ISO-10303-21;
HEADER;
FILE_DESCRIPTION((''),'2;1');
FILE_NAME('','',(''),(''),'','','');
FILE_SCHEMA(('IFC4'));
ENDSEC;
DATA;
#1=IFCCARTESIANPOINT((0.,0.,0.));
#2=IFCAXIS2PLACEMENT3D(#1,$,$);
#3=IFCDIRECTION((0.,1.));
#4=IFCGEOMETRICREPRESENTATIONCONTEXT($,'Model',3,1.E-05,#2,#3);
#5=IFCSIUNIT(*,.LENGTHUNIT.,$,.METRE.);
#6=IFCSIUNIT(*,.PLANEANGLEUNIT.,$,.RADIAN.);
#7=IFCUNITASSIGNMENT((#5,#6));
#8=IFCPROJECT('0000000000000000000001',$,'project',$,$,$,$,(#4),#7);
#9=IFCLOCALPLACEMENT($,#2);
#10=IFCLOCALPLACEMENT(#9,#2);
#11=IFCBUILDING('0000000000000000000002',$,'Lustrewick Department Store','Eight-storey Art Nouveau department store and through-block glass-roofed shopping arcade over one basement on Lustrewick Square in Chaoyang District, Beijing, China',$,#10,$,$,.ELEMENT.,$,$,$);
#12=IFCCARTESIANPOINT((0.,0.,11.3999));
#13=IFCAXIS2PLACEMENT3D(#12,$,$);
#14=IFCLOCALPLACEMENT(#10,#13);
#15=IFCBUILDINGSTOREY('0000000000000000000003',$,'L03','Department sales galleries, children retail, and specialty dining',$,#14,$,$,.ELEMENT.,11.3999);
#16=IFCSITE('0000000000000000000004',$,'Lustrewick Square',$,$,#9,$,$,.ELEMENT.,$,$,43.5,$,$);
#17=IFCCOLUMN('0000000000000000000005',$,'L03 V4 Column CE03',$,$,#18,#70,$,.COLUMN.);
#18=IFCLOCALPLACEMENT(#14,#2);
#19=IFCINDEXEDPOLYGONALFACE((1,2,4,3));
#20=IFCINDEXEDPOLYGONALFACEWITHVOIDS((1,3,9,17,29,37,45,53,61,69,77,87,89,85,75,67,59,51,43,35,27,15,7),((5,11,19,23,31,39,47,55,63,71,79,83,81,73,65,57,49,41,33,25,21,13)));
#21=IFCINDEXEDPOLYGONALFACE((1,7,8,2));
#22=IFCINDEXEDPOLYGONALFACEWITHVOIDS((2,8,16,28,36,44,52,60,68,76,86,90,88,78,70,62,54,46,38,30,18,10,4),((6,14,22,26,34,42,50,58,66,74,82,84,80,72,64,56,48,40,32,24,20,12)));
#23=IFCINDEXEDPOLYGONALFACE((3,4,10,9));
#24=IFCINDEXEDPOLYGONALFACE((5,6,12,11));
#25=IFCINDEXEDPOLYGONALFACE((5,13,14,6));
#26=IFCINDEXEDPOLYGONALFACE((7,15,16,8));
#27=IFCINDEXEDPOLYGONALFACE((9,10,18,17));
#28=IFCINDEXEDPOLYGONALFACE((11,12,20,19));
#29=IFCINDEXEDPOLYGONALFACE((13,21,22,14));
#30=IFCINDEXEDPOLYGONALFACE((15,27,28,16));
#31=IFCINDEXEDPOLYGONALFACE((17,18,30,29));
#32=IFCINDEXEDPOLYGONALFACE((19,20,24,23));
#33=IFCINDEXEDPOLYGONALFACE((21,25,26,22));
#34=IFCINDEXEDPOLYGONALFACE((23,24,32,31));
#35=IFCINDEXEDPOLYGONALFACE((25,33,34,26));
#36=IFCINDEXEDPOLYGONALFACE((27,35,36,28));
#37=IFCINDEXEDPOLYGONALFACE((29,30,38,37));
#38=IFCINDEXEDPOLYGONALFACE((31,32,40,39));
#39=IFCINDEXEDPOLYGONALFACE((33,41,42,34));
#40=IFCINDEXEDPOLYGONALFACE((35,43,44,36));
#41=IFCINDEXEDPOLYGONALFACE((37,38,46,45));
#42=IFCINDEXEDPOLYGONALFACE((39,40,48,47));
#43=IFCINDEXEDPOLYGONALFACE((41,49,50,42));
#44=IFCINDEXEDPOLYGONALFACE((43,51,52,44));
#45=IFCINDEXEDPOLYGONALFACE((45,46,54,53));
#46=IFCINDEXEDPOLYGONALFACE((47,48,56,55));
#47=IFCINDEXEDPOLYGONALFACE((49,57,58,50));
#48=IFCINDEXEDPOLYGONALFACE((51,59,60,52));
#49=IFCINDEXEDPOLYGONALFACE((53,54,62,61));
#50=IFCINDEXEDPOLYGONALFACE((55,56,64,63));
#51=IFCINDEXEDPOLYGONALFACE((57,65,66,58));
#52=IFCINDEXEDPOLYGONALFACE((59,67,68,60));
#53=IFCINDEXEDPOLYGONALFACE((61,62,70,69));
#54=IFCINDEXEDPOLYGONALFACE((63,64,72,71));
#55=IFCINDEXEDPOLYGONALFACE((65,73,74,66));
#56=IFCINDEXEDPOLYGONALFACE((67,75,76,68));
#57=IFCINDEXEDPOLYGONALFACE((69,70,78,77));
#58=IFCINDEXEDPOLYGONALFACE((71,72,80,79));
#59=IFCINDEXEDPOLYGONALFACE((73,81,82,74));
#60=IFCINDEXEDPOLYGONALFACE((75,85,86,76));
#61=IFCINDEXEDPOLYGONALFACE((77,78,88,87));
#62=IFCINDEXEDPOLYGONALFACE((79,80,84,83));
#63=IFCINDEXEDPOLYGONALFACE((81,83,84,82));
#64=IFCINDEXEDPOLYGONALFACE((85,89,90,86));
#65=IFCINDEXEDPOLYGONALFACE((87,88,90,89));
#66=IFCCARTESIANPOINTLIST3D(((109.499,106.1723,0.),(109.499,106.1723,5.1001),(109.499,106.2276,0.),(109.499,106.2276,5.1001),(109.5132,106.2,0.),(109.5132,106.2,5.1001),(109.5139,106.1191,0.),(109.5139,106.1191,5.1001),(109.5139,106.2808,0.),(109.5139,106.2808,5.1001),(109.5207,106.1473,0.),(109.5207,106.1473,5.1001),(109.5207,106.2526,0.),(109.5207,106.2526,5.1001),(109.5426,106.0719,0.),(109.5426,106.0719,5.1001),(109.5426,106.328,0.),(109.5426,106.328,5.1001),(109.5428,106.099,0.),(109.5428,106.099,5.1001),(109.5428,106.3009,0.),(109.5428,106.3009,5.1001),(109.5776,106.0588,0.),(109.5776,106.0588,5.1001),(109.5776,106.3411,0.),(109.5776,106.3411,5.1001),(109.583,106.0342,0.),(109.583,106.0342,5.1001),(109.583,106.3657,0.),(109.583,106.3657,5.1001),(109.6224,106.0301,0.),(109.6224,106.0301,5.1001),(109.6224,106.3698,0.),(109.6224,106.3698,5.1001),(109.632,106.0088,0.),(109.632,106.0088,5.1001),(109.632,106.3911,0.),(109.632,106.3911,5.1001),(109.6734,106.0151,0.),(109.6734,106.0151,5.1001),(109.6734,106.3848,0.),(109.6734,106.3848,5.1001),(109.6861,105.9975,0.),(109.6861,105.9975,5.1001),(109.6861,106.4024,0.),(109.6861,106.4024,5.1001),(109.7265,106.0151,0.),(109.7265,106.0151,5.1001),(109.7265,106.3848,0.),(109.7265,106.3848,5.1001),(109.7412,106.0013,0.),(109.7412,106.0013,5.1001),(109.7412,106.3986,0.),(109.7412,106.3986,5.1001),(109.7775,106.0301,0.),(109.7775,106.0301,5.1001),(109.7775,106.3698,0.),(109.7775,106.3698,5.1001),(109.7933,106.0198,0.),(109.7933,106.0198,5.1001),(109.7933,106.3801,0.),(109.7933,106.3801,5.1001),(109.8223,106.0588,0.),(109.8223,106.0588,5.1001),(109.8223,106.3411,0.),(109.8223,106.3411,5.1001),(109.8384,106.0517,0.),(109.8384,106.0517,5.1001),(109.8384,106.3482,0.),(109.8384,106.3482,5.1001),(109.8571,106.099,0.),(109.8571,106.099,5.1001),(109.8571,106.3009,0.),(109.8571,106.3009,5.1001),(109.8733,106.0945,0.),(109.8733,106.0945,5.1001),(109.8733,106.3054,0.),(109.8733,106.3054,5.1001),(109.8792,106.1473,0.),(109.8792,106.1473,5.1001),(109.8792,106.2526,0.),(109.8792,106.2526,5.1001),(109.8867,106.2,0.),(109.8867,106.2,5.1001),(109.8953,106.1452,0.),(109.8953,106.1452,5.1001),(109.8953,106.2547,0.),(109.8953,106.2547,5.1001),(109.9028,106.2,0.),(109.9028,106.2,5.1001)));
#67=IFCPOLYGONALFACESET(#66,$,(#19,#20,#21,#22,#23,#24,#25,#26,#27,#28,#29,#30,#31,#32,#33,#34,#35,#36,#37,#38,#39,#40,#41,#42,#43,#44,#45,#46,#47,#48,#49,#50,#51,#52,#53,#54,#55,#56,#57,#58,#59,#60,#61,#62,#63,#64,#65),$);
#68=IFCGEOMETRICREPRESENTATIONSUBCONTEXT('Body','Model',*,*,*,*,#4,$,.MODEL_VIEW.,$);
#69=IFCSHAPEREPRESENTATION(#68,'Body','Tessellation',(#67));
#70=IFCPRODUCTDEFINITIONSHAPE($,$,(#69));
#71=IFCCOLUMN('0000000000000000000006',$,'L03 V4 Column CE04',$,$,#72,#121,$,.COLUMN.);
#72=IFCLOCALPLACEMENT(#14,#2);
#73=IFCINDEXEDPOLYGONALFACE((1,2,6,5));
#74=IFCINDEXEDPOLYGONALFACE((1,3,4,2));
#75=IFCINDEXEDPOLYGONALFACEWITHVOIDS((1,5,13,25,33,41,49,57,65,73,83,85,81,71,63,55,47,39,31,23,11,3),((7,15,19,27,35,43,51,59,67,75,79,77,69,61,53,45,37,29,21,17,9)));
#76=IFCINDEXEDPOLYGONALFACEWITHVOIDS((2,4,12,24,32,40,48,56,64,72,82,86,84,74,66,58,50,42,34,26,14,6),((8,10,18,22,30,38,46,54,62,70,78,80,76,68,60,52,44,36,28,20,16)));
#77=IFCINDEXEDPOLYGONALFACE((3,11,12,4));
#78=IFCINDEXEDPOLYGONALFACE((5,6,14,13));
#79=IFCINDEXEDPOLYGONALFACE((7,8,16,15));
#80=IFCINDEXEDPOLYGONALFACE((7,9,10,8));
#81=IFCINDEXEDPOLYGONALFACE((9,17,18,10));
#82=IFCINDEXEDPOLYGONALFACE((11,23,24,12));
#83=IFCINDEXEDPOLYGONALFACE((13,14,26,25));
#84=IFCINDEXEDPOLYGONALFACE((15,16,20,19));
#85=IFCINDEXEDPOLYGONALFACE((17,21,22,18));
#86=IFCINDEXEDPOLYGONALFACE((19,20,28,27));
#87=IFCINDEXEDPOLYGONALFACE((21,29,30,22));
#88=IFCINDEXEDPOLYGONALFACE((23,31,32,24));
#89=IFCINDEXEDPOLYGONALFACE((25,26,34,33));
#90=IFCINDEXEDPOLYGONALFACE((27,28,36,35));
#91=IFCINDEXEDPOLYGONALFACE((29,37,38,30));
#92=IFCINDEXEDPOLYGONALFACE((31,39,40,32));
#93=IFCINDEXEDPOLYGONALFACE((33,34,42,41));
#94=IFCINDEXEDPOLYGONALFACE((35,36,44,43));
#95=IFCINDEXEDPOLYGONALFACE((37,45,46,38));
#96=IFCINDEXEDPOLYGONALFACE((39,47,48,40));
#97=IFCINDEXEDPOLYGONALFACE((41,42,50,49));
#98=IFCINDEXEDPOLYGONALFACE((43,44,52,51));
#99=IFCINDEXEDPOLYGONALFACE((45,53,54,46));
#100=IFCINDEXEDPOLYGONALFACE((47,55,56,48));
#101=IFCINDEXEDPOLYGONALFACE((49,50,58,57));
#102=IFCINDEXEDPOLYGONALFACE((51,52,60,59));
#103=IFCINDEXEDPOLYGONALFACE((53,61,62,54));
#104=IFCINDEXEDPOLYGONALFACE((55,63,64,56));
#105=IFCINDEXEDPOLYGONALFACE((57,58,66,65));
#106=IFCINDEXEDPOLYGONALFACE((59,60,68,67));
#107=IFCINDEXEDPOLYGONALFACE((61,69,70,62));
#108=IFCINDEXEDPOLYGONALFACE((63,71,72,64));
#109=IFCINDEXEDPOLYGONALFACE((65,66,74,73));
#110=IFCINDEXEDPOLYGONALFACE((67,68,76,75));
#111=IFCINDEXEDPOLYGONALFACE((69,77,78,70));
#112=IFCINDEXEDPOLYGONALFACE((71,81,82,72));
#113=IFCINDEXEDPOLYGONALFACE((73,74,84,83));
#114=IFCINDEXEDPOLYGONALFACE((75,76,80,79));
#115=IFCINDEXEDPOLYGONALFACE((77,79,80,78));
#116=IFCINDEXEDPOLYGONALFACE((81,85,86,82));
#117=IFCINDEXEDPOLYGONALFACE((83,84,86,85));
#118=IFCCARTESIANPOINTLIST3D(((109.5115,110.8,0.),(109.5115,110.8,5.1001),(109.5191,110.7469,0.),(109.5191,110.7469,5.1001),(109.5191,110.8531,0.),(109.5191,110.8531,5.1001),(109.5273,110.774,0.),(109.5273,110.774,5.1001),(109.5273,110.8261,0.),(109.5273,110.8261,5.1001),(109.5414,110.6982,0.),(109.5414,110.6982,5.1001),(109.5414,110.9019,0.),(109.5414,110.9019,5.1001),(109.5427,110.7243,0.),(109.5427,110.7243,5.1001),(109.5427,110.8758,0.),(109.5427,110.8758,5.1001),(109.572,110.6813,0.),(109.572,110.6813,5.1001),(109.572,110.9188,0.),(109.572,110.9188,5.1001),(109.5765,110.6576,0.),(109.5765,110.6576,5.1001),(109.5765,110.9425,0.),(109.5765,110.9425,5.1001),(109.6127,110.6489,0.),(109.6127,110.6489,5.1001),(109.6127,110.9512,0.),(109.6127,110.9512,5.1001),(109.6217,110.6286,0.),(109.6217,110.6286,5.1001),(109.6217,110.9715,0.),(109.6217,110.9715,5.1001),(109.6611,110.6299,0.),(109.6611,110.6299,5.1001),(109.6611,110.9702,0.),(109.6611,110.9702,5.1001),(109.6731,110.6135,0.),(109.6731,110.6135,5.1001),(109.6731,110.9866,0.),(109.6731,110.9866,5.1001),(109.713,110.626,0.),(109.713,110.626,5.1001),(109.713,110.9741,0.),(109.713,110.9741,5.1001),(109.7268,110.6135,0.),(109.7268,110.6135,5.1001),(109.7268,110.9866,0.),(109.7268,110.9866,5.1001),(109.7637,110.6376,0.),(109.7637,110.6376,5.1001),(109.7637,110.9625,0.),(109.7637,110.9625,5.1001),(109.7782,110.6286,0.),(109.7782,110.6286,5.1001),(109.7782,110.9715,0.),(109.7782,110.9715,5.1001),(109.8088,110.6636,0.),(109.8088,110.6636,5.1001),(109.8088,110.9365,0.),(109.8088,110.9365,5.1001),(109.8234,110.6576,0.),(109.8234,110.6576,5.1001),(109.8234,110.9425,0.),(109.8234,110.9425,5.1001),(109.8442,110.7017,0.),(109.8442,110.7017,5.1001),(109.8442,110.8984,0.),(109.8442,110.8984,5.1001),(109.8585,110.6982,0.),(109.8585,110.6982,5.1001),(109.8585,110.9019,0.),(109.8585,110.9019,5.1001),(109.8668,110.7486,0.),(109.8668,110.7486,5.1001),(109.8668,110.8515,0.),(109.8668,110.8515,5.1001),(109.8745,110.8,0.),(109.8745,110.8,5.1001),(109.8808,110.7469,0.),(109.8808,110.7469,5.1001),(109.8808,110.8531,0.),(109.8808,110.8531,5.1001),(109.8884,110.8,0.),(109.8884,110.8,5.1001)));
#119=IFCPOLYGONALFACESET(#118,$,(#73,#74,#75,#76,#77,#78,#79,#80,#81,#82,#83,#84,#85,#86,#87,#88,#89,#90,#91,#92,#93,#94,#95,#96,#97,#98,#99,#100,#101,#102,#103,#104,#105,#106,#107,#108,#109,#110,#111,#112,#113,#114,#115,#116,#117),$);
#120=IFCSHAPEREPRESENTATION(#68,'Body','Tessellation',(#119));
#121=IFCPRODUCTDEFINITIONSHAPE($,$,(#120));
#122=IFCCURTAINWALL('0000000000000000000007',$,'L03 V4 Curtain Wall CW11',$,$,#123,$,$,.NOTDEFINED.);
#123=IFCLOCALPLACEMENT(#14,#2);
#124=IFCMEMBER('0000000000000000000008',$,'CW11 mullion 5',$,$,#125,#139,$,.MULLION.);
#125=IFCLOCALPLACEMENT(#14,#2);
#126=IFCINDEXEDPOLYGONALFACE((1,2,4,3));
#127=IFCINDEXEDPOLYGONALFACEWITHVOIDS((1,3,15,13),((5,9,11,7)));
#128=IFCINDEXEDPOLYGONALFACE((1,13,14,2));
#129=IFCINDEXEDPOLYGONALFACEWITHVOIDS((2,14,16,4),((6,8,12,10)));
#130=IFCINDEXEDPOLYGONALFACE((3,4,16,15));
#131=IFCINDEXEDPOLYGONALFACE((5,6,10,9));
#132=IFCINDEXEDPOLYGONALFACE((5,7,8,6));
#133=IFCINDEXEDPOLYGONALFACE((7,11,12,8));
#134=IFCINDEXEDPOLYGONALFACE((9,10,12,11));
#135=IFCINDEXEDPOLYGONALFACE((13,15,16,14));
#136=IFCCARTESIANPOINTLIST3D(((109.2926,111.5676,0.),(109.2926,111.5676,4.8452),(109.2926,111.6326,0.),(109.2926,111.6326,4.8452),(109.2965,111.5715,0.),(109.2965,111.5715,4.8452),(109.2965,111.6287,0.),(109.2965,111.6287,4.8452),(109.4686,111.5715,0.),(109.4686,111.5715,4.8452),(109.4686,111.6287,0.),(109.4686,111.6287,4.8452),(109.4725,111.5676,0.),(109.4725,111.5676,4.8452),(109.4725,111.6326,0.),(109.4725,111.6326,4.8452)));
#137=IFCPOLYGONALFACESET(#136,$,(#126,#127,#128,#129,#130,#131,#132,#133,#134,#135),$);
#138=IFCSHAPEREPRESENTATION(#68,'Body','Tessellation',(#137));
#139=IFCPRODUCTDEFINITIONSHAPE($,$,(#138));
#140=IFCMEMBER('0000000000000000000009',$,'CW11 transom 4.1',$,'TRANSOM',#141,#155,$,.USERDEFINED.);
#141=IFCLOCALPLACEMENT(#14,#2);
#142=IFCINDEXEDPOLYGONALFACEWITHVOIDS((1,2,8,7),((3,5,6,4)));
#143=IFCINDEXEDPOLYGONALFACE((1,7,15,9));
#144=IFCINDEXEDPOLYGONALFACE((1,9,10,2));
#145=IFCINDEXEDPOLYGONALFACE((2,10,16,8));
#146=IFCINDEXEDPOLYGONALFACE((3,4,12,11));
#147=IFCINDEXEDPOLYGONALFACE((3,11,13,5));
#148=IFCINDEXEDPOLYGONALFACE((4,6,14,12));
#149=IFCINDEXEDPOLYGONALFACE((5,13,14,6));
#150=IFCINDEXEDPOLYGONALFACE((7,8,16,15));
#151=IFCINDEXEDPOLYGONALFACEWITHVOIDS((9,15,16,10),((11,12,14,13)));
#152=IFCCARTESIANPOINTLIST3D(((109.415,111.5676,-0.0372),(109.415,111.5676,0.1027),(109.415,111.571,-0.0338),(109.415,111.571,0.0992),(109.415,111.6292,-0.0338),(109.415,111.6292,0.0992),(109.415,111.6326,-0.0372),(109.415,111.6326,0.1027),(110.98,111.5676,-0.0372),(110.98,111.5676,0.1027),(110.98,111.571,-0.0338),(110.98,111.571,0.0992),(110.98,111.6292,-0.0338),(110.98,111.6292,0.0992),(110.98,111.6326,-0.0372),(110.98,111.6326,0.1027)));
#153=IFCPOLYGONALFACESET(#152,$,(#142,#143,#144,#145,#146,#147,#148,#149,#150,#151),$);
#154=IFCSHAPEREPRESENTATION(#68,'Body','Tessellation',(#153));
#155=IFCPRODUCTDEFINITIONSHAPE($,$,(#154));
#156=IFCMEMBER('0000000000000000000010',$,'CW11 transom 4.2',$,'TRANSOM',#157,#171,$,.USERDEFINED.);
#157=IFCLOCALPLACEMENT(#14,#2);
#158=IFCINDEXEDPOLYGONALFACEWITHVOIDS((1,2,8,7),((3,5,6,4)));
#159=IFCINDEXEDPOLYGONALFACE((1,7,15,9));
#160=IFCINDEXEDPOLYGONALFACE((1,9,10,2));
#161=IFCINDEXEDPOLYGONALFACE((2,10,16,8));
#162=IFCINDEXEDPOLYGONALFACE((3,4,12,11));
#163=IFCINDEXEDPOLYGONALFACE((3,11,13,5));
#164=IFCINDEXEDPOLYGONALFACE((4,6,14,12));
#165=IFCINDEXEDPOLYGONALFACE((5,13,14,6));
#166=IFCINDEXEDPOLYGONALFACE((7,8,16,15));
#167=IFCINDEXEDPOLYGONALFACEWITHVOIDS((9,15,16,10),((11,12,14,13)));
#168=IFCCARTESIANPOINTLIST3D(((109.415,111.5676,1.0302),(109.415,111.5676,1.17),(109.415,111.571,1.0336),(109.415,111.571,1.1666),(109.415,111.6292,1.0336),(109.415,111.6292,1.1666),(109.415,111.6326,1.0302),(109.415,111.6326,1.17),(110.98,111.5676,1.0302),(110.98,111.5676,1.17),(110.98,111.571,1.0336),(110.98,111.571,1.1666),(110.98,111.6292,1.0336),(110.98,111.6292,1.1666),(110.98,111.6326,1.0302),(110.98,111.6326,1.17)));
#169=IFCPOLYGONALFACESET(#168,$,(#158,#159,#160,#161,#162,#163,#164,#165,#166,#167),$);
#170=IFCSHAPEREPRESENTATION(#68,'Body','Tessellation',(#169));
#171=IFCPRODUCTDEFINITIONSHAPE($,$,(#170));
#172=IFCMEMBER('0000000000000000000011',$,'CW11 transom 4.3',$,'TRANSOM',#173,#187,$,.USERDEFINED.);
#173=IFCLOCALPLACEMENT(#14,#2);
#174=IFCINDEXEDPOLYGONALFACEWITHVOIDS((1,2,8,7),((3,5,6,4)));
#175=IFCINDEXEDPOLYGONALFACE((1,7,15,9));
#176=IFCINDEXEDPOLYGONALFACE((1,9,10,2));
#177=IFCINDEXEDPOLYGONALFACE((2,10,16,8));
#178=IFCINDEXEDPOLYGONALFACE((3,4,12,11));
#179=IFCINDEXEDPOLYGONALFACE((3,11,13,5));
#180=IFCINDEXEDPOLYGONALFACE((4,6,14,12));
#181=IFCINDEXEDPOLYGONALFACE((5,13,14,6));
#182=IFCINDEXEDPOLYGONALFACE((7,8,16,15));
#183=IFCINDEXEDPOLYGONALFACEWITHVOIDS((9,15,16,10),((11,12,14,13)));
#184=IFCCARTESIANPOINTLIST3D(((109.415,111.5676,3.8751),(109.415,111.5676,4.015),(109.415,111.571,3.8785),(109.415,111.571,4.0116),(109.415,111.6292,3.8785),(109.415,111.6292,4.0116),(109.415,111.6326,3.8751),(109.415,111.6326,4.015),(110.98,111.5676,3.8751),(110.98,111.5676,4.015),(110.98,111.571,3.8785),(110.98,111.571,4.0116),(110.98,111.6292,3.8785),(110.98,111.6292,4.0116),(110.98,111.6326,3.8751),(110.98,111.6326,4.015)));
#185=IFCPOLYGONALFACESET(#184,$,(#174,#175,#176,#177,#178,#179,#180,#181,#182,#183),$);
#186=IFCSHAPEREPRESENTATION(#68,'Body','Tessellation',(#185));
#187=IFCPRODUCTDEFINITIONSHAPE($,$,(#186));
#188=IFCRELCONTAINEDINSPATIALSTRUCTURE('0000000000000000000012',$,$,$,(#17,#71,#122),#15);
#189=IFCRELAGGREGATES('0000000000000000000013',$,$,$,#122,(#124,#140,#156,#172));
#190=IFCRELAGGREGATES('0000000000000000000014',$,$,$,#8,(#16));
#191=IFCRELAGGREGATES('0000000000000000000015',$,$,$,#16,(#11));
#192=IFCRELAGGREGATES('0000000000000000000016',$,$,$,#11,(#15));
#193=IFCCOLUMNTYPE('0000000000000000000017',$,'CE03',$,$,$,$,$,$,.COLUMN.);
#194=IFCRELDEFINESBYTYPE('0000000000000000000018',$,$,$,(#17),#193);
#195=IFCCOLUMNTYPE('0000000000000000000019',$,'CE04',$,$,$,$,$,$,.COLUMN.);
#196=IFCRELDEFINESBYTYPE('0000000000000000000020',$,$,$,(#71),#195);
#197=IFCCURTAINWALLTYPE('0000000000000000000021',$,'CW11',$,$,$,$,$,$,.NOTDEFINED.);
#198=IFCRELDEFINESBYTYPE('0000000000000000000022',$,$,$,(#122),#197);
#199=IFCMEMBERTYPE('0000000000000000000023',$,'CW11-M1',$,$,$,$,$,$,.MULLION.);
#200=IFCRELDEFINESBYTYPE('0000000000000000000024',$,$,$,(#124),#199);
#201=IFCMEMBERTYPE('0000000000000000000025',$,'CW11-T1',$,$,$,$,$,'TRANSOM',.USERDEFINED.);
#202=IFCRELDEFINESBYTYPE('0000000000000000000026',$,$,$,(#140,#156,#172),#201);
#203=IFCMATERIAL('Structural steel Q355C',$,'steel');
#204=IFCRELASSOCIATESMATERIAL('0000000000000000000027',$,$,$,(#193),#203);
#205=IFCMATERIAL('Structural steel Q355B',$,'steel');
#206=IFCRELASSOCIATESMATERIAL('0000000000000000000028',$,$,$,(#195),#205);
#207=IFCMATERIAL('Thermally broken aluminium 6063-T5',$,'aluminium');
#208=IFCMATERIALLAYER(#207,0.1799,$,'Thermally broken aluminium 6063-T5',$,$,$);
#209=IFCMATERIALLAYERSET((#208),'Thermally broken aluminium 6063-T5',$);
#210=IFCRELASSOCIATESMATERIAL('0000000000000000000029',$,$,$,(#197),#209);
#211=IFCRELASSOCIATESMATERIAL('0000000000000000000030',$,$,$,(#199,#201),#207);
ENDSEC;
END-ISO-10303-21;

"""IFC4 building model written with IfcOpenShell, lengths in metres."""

from ifc_helpers import new_model, si_unit, direction, frame, origin, origin_2d, place, context, subcontext, project, spatial, hollow_rectangle, hollow_circle, extrude, material, layer, layer_set, material_profile, profile_set, type_object, element, aggregate, save


model = new_model("IFC4")

# Units and contexts
model_context = context("Model", 3, precision=1e-05, world=origin(), true_north=direction((0.0, 1.0)))
body_context = subcontext(model_context, "Body", "Model", "MODEL_VIEW")
ifc_project = project(units=[si_unit("LENGTHUNIT", "METRE"), si_unit("PLANEANGLEUNIT", "RADIAN")], contexts=[model_context])

# Site, building, storey
site_placement = place(None, origin())
site = spatial("IfcSite", under=ifc_project, at=site_placement, Name="Lustrewick Square", CompositionType="ELEMENT", RefElevation=43.5)
building_placement = place(site_placement, origin())
building = spatial("IfcBuilding", under=site, at=building_placement, Name="Lustrewick Department Store", Description="Eight-storey Art Nouveau department store and through-block glass-roofed shopping arcade over one basement on Lustrewick Square in Chaoyang District, Beijing, China", CompositionType="ELEMENT")
storey_placement = place(building_placement, frame((0.0, 0.0, 11.3999)))
storey = spatial("IfcBuildingStorey", under=building, at=storey_placement, Name="L03", Description="Department sales galleries, children retail, and specialty dining", CompositionType="ELEMENT", Elevation=11.3999)

# Columns
ifc_material_1 = material(Name="Structural steel Q355C", Category="steel")
ifc_material_profile_1 = material_profile(ifc_material_1, hollow_circle(Radius=0.2029, WallThickness=0.0161, at=origin_2d()), Name="CHS 406x16")
ifc_profile_set_1 = profile_set([ifc_material_profile_1], Name="Structural steel Q355C")
column_type_1 = type_object("IfcColumnType", Name="CE03", PredefinedType="COLUMN", material=ifc_profile_set_1)
column_1_placement = place(storey_placement, frame((109.7, 106.2, 0.0), z_axis=(0.0, 0.0, 1.0), x_axis=(1.0, 0.0, 0.0)))
element("IfcColumn", 1, at=column_1_placement, inside=storey, type_object=column_type_1, Name="L03 V4 Column CE03", PredefinedType="COLUMN", context=body_context, shape_type="SweptSolid", body=[
    extrude(hollow_circle(Radius=0.2029, WallThickness=0.0161, at=origin_2d()), origin(), (0.0, 0.0, 1.0), 5.1001),
])
ifc_material_2 = material(Name="Structural steel Q355B", Category="steel")
ifc_material_profile_2 = material_profile(ifc_material_2, hollow_circle(Radius=0.1885, WallThickness=0.0139, at=origin_2d()), Name="CHS 377x14")
ifc_profile_set_2 = profile_set([ifc_material_profile_2], Name="Structural steel Q355B")
column_type_2 = type_object("IfcColumnType", Name="CE04", PredefinedType="COLUMN", material=ifc_profile_set_2)
column_2_placement = place(storey_placement, frame((109.7, 110.8, 0.0), z_axis=(0.0, 0.0, 1.0), x_axis=(1.0, 0.0, 0.0)))
element("IfcColumn", 2, at=column_2_placement, inside=storey, type_object=column_type_2, Name="L03 V4 Column CE04", PredefinedType="COLUMN", context=body_context, shape_type="SweptSolid", body=[
    extrude(hollow_circle(Radius=0.1885, WallThickness=0.0139, at=origin_2d()), origin(), (0.0, 0.0, 1.0), 5.1001),
])

# Curtain wall, members
ifc_material_3 = material(Name="Thermally broken aluminium 6063-T5", Category="aluminium")
ifc_layer_1 = layer(ifc_material_3, 0.1799, Name="Thermally broken aluminium 6063-T5")
ifc_layer_set_1 = layer_set([ifc_layer_1], Name="Thermally broken aluminium 6063-T5")
curtain_wall_type = type_object("IfcCurtainWallType", Name="CW11", PredefinedType="NOTDEFINED", material=ifc_layer_set_1)
curtain_wall_placement = place(storey_placement, origin())
curtain_wall = element("IfcCurtainWall", 3, at=curtain_wall_placement, inside=storey, type_object=curtain_wall_type, Name="L03 V4 Curtain Wall CW11", PredefinedType="NOTDEFINED")
ifc_material_profile_3 = material_profile(ifc_material_3, hollow_rectangle(XDim=0.0649, YDim=0.1799, WallThickness=0.0039, at=origin_2d()), Name="ALU-M 65x180x4")
ifc_profile_set_3 = profile_set([ifc_material_profile_3], Name="Thermally broken aluminium 6063-T5")
member_type_1 = type_object("IfcMemberType", Name="CW11-M1", PredefinedType="MULLION", material=ifc_profile_set_3)
member_1_placement = place(storey_placement, frame((109.3826, 111.6001, 0.0), z_axis=(0.0, 0.0, 1.0), x_axis=(0.0, -1.0, 0.0)))
member_1 = element("IfcMember", 4, at=member_1_placement, type_object=member_type_1, Name="CW11 mullion 5", PredefinedType="MULLION", context=body_context, shape_type="SweptSolid", body=[
    extrude(hollow_rectangle(XDim=0.0649, YDim=0.1799, WallThickness=0.0039, at=origin_2d()), origin(), (0.0, 0.0, 1.0), 4.8452),
])
ifc_material_profile_4 = material_profile(ifc_material_3, hollow_rectangle(XDim=0.0649, YDim=0.1399, WallThickness=0.0034, at=origin_2d()), Name="ALU-T 65x140x3.5")
ifc_profile_set_4 = profile_set([ifc_material_profile_4], Name="Thermally broken aluminium 6063-T5")
member_type_2 = type_object("IfcMemberType", Name="CW11-T1", ElementType="TRANSOM", PredefinedType="USERDEFINED", material=ifc_profile_set_4)
member_2_placement = place(storey_placement, frame((110.98, 111.6001, 0.0327), z_axis=(-1.0, 0.0, 0.0), x_axis=(0.0, -1.0, 0.0)))
member_2 = element("IfcMember", 5, at=member_2_placement, type_object=member_type_2, Name="CW11 transom 4.1", ObjectType="TRANSOM", PredefinedType="USERDEFINED", context=body_context, shape_type="SweptSolid", body=[
    extrude(hollow_rectangle(XDim=0.0649, YDim=0.1399, WallThickness=0.0034, at=origin_2d()), origin(), (0.0, 0.0, 1.0), 1.5649),
])
member_3_placement = place(storey_placement, frame((110.98, 111.6001, 1.1001), z_axis=(-1.0, 0.0, 0.0), x_axis=(0.0, -1.0, 0.0)))
member_3 = element("IfcMember", 6, at=member_3_placement, type_object=member_type_2, Name="CW11 transom 4.2", ObjectType="TRANSOM", PredefinedType="USERDEFINED", context=body_context, shape_type="SweptSolid", body=[
    extrude(hollow_rectangle(XDim=0.0649, YDim=0.1399, WallThickness=0.0034, at=origin_2d()), origin(), (0.0, 0.0, 1.0), 1.5649),
])
member_4_placement = place(storey_placement, frame((110.98, 111.6001, 3.9451), z_axis=(-1.0, 0.0, 0.0), x_axis=(0.0, -1.0, 0.0)))
member_4 = element("IfcMember", 7, at=member_4_placement, type_object=member_type_2, Name="CW11 transom 4.3", ObjectType="TRANSOM", PredefinedType="USERDEFINED", context=body_context, shape_type="SweptSolid", body=[
    extrude(hollow_rectangle(XDim=0.0649, YDim=0.1399, WallThickness=0.0034, at=origin_2d()), origin(), (0.0, 0.0, 1.0), 1.5649),
])

aggregate(curtain_wall, [member_1, member_2, member_3, member_4])

save(model, "model.ifc")
